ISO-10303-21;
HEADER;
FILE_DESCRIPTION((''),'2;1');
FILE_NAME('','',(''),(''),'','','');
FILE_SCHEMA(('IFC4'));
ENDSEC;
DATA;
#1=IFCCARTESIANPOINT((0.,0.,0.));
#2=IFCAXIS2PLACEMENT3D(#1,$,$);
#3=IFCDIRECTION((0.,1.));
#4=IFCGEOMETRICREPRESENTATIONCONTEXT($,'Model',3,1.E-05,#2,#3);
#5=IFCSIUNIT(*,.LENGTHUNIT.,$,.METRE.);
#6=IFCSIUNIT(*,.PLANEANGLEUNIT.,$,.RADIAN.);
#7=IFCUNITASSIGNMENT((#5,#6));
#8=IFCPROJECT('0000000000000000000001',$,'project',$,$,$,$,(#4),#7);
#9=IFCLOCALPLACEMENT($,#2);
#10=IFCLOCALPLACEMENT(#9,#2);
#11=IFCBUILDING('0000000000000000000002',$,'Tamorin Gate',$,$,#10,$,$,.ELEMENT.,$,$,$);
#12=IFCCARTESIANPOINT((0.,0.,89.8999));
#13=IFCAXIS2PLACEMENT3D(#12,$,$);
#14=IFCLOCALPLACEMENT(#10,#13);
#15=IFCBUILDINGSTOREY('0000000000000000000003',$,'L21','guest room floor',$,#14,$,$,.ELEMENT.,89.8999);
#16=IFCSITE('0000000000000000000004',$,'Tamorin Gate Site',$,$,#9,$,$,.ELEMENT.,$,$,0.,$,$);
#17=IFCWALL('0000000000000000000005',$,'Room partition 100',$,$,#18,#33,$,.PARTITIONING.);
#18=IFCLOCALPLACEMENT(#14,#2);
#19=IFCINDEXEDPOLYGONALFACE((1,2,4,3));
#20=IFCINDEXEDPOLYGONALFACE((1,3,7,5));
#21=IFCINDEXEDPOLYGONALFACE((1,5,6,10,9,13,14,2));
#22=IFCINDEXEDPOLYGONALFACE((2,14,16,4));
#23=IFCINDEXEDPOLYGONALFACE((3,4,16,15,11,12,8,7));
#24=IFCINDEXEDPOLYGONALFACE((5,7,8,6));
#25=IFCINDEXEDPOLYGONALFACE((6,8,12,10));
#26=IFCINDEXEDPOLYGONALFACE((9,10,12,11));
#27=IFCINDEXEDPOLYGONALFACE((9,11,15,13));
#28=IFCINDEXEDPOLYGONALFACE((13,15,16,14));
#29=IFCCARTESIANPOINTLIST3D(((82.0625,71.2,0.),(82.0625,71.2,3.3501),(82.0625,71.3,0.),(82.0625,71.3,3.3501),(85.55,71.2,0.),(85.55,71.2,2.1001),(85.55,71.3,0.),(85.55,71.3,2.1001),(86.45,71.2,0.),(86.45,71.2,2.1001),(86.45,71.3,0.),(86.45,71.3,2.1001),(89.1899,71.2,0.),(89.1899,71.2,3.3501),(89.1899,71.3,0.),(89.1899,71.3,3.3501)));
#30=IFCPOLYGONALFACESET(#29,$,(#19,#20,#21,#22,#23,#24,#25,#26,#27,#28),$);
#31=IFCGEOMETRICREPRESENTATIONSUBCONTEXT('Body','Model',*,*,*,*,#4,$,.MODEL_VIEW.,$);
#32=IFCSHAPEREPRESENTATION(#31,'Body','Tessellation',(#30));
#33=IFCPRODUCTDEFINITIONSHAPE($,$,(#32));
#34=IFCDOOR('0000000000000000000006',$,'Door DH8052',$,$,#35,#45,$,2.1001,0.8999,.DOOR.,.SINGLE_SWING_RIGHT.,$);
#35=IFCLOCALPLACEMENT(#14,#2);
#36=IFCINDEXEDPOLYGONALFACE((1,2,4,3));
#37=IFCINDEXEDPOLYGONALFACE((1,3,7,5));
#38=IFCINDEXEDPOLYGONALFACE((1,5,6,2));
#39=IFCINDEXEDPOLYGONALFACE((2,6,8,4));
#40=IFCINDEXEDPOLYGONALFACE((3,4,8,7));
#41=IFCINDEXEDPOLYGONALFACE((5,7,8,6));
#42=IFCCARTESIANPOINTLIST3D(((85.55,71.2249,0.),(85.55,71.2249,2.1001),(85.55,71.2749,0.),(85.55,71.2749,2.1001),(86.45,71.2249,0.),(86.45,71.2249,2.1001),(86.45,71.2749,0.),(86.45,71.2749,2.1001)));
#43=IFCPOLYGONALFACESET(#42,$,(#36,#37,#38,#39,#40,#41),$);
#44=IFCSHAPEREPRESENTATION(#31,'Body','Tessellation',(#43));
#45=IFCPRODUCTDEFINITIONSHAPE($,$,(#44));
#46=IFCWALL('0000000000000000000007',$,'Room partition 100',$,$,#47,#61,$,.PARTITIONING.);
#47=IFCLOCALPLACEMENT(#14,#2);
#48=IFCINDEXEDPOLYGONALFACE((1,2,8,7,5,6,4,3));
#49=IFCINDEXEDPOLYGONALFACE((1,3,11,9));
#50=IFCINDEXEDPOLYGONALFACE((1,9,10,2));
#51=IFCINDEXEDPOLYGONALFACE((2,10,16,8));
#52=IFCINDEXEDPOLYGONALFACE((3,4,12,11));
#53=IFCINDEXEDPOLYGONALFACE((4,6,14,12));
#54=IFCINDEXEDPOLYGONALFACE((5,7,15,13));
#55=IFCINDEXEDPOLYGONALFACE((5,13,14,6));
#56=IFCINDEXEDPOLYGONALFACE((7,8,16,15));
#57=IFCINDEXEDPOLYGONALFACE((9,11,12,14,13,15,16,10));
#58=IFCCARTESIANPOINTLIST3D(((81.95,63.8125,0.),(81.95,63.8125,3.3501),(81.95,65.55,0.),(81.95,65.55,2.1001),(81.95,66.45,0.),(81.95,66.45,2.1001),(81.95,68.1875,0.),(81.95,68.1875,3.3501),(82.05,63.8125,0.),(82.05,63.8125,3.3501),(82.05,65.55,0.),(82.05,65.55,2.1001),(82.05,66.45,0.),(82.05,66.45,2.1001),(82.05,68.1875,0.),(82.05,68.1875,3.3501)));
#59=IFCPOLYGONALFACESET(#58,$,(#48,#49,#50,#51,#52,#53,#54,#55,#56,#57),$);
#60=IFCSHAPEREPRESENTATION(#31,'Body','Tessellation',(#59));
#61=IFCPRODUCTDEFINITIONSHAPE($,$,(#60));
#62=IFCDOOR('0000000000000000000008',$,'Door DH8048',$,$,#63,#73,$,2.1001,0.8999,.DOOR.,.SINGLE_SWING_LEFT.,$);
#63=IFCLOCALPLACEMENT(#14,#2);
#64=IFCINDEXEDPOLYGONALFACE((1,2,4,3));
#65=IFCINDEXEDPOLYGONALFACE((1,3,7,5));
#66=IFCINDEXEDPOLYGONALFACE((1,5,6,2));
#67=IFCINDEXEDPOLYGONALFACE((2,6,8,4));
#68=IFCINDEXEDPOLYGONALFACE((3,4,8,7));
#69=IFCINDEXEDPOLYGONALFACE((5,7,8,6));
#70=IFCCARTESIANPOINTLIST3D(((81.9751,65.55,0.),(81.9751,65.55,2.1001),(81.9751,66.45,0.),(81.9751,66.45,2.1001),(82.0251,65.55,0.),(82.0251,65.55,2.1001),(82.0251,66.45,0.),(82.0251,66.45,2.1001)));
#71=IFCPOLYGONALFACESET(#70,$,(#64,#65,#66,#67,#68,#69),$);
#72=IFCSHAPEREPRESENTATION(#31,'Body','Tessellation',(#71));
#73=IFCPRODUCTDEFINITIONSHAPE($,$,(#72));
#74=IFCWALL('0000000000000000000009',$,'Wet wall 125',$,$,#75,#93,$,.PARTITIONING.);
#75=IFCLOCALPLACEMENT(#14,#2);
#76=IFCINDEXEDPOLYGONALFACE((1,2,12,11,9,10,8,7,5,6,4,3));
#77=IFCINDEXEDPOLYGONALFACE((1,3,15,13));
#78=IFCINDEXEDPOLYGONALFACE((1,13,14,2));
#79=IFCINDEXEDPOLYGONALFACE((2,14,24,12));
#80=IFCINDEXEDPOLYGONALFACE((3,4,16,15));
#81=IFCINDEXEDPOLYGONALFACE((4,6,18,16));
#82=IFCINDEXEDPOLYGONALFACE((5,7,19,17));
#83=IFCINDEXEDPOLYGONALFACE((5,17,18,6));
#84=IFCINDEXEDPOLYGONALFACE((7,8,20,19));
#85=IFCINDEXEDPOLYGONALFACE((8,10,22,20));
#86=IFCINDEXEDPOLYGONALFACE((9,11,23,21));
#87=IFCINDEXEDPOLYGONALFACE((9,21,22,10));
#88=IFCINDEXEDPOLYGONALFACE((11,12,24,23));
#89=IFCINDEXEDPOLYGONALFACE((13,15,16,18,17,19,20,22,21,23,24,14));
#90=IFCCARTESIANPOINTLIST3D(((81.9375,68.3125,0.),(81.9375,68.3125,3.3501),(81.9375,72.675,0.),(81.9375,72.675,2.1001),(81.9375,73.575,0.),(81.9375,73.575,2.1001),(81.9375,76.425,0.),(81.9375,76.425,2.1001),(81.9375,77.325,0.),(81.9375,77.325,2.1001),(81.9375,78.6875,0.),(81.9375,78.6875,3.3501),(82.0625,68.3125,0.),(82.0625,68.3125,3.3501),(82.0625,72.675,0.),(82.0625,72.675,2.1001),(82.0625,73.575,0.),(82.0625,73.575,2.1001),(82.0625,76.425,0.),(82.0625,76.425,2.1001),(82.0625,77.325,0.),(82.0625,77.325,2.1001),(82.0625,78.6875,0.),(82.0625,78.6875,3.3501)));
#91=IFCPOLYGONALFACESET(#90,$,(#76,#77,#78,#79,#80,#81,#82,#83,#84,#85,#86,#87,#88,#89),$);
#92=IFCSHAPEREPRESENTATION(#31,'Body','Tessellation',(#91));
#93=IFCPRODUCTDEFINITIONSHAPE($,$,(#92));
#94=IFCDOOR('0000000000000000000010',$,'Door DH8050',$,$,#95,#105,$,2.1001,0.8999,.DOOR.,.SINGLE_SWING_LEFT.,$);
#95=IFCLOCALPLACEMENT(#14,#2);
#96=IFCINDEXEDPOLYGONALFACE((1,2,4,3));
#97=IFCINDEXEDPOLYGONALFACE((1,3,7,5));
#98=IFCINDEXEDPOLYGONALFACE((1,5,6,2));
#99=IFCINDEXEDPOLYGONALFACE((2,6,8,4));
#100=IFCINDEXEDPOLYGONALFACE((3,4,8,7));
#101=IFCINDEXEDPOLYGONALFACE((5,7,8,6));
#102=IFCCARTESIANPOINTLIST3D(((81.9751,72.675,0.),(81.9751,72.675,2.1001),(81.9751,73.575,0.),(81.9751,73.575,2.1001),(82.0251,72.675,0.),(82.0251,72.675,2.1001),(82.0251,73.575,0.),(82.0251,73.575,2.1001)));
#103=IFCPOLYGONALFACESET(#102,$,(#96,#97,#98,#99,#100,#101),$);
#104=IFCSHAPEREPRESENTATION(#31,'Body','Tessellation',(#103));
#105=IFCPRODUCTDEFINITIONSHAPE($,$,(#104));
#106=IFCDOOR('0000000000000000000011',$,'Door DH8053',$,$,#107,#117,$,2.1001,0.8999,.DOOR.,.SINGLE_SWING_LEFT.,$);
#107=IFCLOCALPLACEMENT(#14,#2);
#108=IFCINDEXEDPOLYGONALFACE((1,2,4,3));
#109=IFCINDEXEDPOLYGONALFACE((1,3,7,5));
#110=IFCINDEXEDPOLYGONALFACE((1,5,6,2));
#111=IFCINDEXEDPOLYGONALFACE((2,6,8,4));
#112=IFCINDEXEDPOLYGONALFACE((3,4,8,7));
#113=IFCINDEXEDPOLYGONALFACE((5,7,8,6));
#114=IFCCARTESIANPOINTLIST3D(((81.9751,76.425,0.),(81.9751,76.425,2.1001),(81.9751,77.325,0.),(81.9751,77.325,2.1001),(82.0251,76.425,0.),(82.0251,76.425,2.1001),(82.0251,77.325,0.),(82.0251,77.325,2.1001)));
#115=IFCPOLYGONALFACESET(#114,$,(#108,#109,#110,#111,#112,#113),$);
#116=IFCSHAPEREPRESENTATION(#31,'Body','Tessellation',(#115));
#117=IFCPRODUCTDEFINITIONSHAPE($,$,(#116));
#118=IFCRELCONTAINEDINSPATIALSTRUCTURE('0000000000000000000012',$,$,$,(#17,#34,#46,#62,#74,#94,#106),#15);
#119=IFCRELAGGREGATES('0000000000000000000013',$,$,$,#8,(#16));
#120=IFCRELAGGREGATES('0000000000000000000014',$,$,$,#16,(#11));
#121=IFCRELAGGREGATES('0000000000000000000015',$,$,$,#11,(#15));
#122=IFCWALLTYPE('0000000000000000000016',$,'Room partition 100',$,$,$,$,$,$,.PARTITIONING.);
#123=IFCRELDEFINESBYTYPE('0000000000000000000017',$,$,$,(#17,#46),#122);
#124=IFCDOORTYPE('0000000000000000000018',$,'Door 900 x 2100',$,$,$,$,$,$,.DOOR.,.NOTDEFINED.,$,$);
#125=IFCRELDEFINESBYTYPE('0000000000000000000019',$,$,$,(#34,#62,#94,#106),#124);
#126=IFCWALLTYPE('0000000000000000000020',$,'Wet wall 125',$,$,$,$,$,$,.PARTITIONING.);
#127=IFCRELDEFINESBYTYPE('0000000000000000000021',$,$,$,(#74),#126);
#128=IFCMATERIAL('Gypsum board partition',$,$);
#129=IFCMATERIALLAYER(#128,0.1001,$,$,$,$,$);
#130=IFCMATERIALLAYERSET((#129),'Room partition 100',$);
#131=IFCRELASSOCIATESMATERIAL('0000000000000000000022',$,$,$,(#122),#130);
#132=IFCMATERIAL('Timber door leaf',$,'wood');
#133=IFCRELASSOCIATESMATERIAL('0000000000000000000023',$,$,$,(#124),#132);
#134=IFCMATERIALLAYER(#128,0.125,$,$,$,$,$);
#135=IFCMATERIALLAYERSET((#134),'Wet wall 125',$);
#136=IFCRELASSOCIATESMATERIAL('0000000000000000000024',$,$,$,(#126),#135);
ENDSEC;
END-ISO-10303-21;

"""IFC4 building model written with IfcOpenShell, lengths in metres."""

from ifc_helpers import new_model, si_unit, direction, frame, frame_2d, origin, place, context, subcontext, project, spatial, rectangle, extrude, material, layer, layer_set, type_object, element, fill, save


model = new_model("IFC4")

# Units and contexts
model_context = context("Model", 3, precision=1e-05, world=origin(), true_north=direction((0.0, 1.0)))
body_context = subcontext(model_context, "Body", "Model", "MODEL_VIEW")
ifc_project = project(units=[si_unit("LENGTHUNIT", "METRE"), si_unit("PLANEANGLEUNIT", "RADIAN")], contexts=[model_context])

# Site, building, storey
site_placement = place(None, origin())
site = spatial("IfcSite", under=ifc_project, at=site_placement, Name="Tamorin Gate Site", CompositionType="ELEMENT", RefElevation=0.0)
building_placement = place(site_placement, origin())
building = spatial("IfcBuilding", under=site, at=building_placement, Name="Tamorin Gate", CompositionType="ELEMENT")
storey_placement = place(building_placement, frame((0.0, 0.0, 89.8999)))
storey = spatial("IfcBuildingStorey", under=building, at=storey_placement, Name="L21", Description="guest room floor", CompositionType="ELEMENT", Elevation=89.8999)

# Walls, openings, doors
ifc_material_1 = material(Name="Gypsum board partition")
ifc_layer_1 = layer(ifc_material_1, 0.1001)
ifc_layer_set_1 = layer_set([ifc_layer_1], Name="Room partition 100")
wall_type_1 = type_object("IfcWallType", Name="Room partition 100", PredefinedType="PARTITIONING", material=ifc_layer_set_1)
ifc_material_2 = material(Name="Timber door leaf", Category="wood")
door_type = type_object("IfcDoorType", Name="Door 900 x 2100", OperationType="NOTDEFINED", PredefinedType="DOOR", material=ifc_material_2)
wall_1_placement = place(storey_placement, frame((82.0625, 71.25, 0.0), z_axis=(0.0, 0.0, 1.0), x_axis=(1.0, 0.0, 0.0)))
wall_1 = element("IfcWall", 1, at=wall_1_placement, inside=storey, type_object=wall_type_1, Name="Room partition 100", PredefinedType="PARTITIONING", context=body_context, shape_type="SweptSolid", body=[
    extrude(rectangle(XDim=7.1274, YDim=0.1001, at=frame_2d((3.5637, 0.0))), origin(), (0.0, 0.0, 1.0), 3.3501),
])
opening_1_placement = place(wall_1_placement, frame((3.4875, 0.0, 0.0)))
opening_1 = element("IfcOpeningElement", 2, at=opening_1_placement, cuts=wall_1, PredefinedType="OPENING", context=body_context, shape_type="SweptSolid", body=[
    extrude(rectangle(XDim=0.8999, YDim=2.1001, at=frame_2d((0.45, 1.05))), frame((0.0, 0.0601, 0.0), z_axis=(0.0, -1.0, 0.0), x_axis=(1.0, 0.0, 0.0)), (0.0, 0.0, 1.0), 0.1201),
])
door_1_placement = place(opening_1_placement, origin())
door_1 = element("IfcDoor", 3, at=door_1_placement, inside=storey, type_object=door_type, Name="Door DH8052", OperationType="SINGLE_SWING_RIGHT", OverallHeight=2.1001, OverallWidth=0.8999, PredefinedType="DOOR", context=body_context, shape_type="SweptSolid", body=[
    extrude(rectangle(XDim=0.8999, YDim=2.1001, at=frame_2d((0.45, 1.05))), frame((0.0, 0.0249, 0.0), z_axis=(0.0, -1.0, 0.0), x_axis=(1.0, 0.0, 0.0)), (0.0, 0.0, 1.0), 0.05),
])
fill(opening_1, door_1)
wall_2_placement = place(storey_placement, frame((82.0, 63.8125, 0.0), z_axis=(0.0, 0.0, 1.0), x_axis=(0.0, 1.0, 0.0)))
wall_2 = element("IfcWall", 4, at=wall_2_placement, inside=storey, type_object=wall_type_1, Name="Room partition 100", PredefinedType="PARTITIONING", context=body_context, shape_type="SweptSolid", body=[
    extrude(rectangle(XDim=4.375, YDim=0.1001, at=frame_2d((2.1875, 0.0))), origin(), (0.0, 0.0, 1.0), 3.3501),
])
opening_2_placement = place(wall_2_placement, frame((1.7375, 0.0, 0.0)))
opening_2 = element("IfcOpeningElement", 5, at=opening_2_placement, cuts=wall_2, PredefinedType="OPENING", context=body_context, shape_type="SweptSolid", body=[
    extrude(rectangle(XDim=0.8999, YDim=2.1001, at=frame_2d((0.45, 1.05))), frame((0.0, 0.0601, 0.0), z_axis=(0.0, -1.0, 0.0), x_axis=(1.0, 0.0, 0.0)), (0.0, 0.0, 1.0), 0.1201),
])
door_2_placement = place(opening_2_placement, origin())
door_2 = element("IfcDoor", 6, at=door_2_placement, inside=storey, type_object=door_type, Name="Door DH8048", OperationType="SINGLE_SWING_LEFT", OverallHeight=2.1001, OverallWidth=0.8999, PredefinedType="DOOR", context=body_context, shape_type="SweptSolid", body=[
    extrude(rectangle(XDim=0.8999, YDim=2.1001, at=frame_2d((0.45, 1.05))), frame((0.0, 0.0249, 0.0), z_axis=(0.0, -1.0, 0.0), x_axis=(1.0, 0.0, 0.0)), (0.0, 0.0, 1.0), 0.05),
])
fill(opening_2, door_2)

# Wall, openings, doors
ifc_layer_2 = layer(ifc_material_1, 0.125)
ifc_layer_set_2 = layer_set([ifc_layer_2], Name="Wet wall 125")
wall_type_2 = type_object("IfcWallType", Name="Wet wall 125", PredefinedType="PARTITIONING", material=ifc_layer_set_2)
wall_3_placement = place(storey_placement, frame((82.0, 68.3125, 0.0), z_axis=(0.0, 0.0, 1.0), x_axis=(0.0, 1.0, 0.0)))
wall_3 = element("IfcWall", 7, at=wall_3_placement, inside=storey, type_object=wall_type_2, Name="Wet wall 125", PredefinedType="PARTITIONING", context=body_context, shape_type="SweptSolid", body=[
    extrude(rectangle(XDim=10.375, YDim=0.125, at=frame_2d((5.1875, 0.0))), origin(), (0.0, 0.0, 1.0), 3.3501),
])
opening_3_placement = place(wall_3_placement, frame((4.3625, 0.0, 0.0)))
opening_3 = element("IfcOpeningElement", 8, at=opening_3_placement, cuts=wall_3, PredefinedType="OPENING", context=body_context, shape_type="SweptSolid", body=[
    extrude(rectangle(XDim=0.8999, YDim=2.1001, at=frame_2d((0.45, 1.05))), frame((0.0, 0.0725, 0.0), z_axis=(0.0, -1.0, 0.0), x_axis=(1.0, 0.0, 0.0)), (0.0, 0.0, 1.0), 0.145),
])
opening_4_placement = place(wall_3_placement, frame((8.1125, 0.0, 0.0)))
opening_4 = element("IfcOpeningElement", 9, at=opening_4_placement, cuts=wall_3, PredefinedType="OPENING", context=body_context, shape_type="SweptSolid", body=[
    extrude(rectangle(XDim=0.8999, YDim=2.1001, at=frame_2d((0.45, 1.05))), frame((0.0, 0.0725, 0.0), z_axis=(0.0, -1.0, 0.0), x_axis=(1.0, 0.0, 0.0)), (0.0, 0.0, 1.0), 0.145),
])
door_3_placement = place(opening_3_placement, origin())
door_3 = element("IfcDoor", 10, at=door_3_placement, inside=storey, type_object=door_type, Name="Door DH8050", OperationType="SINGLE_SWING_LEFT", OverallHeight=2.1001, OverallWidth=0.8999, PredefinedType="DOOR", context=body_context, shape_type="SweptSolid", body=[
    extrude(rectangle(XDim=0.8999, YDim=2.1001, at=frame_2d((0.45, 1.05))), frame((0.0, 0.0249, 0.0), z_axis=(0.0, -1.0, 0.0), x_axis=(1.0, 0.0, 0.0)), (0.0, 0.0, 1.0), 0.05),
])
fill(opening_3, door_3)
door_4_placement = place(opening_4_placement, origin())
door_4 = element("IfcDoor", 11, at=door_4_placement, inside=storey, type_object=door_type, Name="Door DH8053", OperationType="SINGLE_SWING_LEFT", OverallHeight=2.1001, OverallWidth=0.8999, PredefinedType="DOOR", context=body_context, shape_type="SweptSolid", body=[
    extrude(rectangle(XDim=0.8999, YDim=2.1001, at=frame_2d((0.45, 1.05))), frame((0.0, 0.0249, 0.0), z_axis=(0.0, -1.0, 0.0), x_axis=(1.0, 0.0, 0.0)), (0.0, 0.0, 1.0), 0.05),
])
fill(opening_4, door_4)

save(model, "model.ifc")
